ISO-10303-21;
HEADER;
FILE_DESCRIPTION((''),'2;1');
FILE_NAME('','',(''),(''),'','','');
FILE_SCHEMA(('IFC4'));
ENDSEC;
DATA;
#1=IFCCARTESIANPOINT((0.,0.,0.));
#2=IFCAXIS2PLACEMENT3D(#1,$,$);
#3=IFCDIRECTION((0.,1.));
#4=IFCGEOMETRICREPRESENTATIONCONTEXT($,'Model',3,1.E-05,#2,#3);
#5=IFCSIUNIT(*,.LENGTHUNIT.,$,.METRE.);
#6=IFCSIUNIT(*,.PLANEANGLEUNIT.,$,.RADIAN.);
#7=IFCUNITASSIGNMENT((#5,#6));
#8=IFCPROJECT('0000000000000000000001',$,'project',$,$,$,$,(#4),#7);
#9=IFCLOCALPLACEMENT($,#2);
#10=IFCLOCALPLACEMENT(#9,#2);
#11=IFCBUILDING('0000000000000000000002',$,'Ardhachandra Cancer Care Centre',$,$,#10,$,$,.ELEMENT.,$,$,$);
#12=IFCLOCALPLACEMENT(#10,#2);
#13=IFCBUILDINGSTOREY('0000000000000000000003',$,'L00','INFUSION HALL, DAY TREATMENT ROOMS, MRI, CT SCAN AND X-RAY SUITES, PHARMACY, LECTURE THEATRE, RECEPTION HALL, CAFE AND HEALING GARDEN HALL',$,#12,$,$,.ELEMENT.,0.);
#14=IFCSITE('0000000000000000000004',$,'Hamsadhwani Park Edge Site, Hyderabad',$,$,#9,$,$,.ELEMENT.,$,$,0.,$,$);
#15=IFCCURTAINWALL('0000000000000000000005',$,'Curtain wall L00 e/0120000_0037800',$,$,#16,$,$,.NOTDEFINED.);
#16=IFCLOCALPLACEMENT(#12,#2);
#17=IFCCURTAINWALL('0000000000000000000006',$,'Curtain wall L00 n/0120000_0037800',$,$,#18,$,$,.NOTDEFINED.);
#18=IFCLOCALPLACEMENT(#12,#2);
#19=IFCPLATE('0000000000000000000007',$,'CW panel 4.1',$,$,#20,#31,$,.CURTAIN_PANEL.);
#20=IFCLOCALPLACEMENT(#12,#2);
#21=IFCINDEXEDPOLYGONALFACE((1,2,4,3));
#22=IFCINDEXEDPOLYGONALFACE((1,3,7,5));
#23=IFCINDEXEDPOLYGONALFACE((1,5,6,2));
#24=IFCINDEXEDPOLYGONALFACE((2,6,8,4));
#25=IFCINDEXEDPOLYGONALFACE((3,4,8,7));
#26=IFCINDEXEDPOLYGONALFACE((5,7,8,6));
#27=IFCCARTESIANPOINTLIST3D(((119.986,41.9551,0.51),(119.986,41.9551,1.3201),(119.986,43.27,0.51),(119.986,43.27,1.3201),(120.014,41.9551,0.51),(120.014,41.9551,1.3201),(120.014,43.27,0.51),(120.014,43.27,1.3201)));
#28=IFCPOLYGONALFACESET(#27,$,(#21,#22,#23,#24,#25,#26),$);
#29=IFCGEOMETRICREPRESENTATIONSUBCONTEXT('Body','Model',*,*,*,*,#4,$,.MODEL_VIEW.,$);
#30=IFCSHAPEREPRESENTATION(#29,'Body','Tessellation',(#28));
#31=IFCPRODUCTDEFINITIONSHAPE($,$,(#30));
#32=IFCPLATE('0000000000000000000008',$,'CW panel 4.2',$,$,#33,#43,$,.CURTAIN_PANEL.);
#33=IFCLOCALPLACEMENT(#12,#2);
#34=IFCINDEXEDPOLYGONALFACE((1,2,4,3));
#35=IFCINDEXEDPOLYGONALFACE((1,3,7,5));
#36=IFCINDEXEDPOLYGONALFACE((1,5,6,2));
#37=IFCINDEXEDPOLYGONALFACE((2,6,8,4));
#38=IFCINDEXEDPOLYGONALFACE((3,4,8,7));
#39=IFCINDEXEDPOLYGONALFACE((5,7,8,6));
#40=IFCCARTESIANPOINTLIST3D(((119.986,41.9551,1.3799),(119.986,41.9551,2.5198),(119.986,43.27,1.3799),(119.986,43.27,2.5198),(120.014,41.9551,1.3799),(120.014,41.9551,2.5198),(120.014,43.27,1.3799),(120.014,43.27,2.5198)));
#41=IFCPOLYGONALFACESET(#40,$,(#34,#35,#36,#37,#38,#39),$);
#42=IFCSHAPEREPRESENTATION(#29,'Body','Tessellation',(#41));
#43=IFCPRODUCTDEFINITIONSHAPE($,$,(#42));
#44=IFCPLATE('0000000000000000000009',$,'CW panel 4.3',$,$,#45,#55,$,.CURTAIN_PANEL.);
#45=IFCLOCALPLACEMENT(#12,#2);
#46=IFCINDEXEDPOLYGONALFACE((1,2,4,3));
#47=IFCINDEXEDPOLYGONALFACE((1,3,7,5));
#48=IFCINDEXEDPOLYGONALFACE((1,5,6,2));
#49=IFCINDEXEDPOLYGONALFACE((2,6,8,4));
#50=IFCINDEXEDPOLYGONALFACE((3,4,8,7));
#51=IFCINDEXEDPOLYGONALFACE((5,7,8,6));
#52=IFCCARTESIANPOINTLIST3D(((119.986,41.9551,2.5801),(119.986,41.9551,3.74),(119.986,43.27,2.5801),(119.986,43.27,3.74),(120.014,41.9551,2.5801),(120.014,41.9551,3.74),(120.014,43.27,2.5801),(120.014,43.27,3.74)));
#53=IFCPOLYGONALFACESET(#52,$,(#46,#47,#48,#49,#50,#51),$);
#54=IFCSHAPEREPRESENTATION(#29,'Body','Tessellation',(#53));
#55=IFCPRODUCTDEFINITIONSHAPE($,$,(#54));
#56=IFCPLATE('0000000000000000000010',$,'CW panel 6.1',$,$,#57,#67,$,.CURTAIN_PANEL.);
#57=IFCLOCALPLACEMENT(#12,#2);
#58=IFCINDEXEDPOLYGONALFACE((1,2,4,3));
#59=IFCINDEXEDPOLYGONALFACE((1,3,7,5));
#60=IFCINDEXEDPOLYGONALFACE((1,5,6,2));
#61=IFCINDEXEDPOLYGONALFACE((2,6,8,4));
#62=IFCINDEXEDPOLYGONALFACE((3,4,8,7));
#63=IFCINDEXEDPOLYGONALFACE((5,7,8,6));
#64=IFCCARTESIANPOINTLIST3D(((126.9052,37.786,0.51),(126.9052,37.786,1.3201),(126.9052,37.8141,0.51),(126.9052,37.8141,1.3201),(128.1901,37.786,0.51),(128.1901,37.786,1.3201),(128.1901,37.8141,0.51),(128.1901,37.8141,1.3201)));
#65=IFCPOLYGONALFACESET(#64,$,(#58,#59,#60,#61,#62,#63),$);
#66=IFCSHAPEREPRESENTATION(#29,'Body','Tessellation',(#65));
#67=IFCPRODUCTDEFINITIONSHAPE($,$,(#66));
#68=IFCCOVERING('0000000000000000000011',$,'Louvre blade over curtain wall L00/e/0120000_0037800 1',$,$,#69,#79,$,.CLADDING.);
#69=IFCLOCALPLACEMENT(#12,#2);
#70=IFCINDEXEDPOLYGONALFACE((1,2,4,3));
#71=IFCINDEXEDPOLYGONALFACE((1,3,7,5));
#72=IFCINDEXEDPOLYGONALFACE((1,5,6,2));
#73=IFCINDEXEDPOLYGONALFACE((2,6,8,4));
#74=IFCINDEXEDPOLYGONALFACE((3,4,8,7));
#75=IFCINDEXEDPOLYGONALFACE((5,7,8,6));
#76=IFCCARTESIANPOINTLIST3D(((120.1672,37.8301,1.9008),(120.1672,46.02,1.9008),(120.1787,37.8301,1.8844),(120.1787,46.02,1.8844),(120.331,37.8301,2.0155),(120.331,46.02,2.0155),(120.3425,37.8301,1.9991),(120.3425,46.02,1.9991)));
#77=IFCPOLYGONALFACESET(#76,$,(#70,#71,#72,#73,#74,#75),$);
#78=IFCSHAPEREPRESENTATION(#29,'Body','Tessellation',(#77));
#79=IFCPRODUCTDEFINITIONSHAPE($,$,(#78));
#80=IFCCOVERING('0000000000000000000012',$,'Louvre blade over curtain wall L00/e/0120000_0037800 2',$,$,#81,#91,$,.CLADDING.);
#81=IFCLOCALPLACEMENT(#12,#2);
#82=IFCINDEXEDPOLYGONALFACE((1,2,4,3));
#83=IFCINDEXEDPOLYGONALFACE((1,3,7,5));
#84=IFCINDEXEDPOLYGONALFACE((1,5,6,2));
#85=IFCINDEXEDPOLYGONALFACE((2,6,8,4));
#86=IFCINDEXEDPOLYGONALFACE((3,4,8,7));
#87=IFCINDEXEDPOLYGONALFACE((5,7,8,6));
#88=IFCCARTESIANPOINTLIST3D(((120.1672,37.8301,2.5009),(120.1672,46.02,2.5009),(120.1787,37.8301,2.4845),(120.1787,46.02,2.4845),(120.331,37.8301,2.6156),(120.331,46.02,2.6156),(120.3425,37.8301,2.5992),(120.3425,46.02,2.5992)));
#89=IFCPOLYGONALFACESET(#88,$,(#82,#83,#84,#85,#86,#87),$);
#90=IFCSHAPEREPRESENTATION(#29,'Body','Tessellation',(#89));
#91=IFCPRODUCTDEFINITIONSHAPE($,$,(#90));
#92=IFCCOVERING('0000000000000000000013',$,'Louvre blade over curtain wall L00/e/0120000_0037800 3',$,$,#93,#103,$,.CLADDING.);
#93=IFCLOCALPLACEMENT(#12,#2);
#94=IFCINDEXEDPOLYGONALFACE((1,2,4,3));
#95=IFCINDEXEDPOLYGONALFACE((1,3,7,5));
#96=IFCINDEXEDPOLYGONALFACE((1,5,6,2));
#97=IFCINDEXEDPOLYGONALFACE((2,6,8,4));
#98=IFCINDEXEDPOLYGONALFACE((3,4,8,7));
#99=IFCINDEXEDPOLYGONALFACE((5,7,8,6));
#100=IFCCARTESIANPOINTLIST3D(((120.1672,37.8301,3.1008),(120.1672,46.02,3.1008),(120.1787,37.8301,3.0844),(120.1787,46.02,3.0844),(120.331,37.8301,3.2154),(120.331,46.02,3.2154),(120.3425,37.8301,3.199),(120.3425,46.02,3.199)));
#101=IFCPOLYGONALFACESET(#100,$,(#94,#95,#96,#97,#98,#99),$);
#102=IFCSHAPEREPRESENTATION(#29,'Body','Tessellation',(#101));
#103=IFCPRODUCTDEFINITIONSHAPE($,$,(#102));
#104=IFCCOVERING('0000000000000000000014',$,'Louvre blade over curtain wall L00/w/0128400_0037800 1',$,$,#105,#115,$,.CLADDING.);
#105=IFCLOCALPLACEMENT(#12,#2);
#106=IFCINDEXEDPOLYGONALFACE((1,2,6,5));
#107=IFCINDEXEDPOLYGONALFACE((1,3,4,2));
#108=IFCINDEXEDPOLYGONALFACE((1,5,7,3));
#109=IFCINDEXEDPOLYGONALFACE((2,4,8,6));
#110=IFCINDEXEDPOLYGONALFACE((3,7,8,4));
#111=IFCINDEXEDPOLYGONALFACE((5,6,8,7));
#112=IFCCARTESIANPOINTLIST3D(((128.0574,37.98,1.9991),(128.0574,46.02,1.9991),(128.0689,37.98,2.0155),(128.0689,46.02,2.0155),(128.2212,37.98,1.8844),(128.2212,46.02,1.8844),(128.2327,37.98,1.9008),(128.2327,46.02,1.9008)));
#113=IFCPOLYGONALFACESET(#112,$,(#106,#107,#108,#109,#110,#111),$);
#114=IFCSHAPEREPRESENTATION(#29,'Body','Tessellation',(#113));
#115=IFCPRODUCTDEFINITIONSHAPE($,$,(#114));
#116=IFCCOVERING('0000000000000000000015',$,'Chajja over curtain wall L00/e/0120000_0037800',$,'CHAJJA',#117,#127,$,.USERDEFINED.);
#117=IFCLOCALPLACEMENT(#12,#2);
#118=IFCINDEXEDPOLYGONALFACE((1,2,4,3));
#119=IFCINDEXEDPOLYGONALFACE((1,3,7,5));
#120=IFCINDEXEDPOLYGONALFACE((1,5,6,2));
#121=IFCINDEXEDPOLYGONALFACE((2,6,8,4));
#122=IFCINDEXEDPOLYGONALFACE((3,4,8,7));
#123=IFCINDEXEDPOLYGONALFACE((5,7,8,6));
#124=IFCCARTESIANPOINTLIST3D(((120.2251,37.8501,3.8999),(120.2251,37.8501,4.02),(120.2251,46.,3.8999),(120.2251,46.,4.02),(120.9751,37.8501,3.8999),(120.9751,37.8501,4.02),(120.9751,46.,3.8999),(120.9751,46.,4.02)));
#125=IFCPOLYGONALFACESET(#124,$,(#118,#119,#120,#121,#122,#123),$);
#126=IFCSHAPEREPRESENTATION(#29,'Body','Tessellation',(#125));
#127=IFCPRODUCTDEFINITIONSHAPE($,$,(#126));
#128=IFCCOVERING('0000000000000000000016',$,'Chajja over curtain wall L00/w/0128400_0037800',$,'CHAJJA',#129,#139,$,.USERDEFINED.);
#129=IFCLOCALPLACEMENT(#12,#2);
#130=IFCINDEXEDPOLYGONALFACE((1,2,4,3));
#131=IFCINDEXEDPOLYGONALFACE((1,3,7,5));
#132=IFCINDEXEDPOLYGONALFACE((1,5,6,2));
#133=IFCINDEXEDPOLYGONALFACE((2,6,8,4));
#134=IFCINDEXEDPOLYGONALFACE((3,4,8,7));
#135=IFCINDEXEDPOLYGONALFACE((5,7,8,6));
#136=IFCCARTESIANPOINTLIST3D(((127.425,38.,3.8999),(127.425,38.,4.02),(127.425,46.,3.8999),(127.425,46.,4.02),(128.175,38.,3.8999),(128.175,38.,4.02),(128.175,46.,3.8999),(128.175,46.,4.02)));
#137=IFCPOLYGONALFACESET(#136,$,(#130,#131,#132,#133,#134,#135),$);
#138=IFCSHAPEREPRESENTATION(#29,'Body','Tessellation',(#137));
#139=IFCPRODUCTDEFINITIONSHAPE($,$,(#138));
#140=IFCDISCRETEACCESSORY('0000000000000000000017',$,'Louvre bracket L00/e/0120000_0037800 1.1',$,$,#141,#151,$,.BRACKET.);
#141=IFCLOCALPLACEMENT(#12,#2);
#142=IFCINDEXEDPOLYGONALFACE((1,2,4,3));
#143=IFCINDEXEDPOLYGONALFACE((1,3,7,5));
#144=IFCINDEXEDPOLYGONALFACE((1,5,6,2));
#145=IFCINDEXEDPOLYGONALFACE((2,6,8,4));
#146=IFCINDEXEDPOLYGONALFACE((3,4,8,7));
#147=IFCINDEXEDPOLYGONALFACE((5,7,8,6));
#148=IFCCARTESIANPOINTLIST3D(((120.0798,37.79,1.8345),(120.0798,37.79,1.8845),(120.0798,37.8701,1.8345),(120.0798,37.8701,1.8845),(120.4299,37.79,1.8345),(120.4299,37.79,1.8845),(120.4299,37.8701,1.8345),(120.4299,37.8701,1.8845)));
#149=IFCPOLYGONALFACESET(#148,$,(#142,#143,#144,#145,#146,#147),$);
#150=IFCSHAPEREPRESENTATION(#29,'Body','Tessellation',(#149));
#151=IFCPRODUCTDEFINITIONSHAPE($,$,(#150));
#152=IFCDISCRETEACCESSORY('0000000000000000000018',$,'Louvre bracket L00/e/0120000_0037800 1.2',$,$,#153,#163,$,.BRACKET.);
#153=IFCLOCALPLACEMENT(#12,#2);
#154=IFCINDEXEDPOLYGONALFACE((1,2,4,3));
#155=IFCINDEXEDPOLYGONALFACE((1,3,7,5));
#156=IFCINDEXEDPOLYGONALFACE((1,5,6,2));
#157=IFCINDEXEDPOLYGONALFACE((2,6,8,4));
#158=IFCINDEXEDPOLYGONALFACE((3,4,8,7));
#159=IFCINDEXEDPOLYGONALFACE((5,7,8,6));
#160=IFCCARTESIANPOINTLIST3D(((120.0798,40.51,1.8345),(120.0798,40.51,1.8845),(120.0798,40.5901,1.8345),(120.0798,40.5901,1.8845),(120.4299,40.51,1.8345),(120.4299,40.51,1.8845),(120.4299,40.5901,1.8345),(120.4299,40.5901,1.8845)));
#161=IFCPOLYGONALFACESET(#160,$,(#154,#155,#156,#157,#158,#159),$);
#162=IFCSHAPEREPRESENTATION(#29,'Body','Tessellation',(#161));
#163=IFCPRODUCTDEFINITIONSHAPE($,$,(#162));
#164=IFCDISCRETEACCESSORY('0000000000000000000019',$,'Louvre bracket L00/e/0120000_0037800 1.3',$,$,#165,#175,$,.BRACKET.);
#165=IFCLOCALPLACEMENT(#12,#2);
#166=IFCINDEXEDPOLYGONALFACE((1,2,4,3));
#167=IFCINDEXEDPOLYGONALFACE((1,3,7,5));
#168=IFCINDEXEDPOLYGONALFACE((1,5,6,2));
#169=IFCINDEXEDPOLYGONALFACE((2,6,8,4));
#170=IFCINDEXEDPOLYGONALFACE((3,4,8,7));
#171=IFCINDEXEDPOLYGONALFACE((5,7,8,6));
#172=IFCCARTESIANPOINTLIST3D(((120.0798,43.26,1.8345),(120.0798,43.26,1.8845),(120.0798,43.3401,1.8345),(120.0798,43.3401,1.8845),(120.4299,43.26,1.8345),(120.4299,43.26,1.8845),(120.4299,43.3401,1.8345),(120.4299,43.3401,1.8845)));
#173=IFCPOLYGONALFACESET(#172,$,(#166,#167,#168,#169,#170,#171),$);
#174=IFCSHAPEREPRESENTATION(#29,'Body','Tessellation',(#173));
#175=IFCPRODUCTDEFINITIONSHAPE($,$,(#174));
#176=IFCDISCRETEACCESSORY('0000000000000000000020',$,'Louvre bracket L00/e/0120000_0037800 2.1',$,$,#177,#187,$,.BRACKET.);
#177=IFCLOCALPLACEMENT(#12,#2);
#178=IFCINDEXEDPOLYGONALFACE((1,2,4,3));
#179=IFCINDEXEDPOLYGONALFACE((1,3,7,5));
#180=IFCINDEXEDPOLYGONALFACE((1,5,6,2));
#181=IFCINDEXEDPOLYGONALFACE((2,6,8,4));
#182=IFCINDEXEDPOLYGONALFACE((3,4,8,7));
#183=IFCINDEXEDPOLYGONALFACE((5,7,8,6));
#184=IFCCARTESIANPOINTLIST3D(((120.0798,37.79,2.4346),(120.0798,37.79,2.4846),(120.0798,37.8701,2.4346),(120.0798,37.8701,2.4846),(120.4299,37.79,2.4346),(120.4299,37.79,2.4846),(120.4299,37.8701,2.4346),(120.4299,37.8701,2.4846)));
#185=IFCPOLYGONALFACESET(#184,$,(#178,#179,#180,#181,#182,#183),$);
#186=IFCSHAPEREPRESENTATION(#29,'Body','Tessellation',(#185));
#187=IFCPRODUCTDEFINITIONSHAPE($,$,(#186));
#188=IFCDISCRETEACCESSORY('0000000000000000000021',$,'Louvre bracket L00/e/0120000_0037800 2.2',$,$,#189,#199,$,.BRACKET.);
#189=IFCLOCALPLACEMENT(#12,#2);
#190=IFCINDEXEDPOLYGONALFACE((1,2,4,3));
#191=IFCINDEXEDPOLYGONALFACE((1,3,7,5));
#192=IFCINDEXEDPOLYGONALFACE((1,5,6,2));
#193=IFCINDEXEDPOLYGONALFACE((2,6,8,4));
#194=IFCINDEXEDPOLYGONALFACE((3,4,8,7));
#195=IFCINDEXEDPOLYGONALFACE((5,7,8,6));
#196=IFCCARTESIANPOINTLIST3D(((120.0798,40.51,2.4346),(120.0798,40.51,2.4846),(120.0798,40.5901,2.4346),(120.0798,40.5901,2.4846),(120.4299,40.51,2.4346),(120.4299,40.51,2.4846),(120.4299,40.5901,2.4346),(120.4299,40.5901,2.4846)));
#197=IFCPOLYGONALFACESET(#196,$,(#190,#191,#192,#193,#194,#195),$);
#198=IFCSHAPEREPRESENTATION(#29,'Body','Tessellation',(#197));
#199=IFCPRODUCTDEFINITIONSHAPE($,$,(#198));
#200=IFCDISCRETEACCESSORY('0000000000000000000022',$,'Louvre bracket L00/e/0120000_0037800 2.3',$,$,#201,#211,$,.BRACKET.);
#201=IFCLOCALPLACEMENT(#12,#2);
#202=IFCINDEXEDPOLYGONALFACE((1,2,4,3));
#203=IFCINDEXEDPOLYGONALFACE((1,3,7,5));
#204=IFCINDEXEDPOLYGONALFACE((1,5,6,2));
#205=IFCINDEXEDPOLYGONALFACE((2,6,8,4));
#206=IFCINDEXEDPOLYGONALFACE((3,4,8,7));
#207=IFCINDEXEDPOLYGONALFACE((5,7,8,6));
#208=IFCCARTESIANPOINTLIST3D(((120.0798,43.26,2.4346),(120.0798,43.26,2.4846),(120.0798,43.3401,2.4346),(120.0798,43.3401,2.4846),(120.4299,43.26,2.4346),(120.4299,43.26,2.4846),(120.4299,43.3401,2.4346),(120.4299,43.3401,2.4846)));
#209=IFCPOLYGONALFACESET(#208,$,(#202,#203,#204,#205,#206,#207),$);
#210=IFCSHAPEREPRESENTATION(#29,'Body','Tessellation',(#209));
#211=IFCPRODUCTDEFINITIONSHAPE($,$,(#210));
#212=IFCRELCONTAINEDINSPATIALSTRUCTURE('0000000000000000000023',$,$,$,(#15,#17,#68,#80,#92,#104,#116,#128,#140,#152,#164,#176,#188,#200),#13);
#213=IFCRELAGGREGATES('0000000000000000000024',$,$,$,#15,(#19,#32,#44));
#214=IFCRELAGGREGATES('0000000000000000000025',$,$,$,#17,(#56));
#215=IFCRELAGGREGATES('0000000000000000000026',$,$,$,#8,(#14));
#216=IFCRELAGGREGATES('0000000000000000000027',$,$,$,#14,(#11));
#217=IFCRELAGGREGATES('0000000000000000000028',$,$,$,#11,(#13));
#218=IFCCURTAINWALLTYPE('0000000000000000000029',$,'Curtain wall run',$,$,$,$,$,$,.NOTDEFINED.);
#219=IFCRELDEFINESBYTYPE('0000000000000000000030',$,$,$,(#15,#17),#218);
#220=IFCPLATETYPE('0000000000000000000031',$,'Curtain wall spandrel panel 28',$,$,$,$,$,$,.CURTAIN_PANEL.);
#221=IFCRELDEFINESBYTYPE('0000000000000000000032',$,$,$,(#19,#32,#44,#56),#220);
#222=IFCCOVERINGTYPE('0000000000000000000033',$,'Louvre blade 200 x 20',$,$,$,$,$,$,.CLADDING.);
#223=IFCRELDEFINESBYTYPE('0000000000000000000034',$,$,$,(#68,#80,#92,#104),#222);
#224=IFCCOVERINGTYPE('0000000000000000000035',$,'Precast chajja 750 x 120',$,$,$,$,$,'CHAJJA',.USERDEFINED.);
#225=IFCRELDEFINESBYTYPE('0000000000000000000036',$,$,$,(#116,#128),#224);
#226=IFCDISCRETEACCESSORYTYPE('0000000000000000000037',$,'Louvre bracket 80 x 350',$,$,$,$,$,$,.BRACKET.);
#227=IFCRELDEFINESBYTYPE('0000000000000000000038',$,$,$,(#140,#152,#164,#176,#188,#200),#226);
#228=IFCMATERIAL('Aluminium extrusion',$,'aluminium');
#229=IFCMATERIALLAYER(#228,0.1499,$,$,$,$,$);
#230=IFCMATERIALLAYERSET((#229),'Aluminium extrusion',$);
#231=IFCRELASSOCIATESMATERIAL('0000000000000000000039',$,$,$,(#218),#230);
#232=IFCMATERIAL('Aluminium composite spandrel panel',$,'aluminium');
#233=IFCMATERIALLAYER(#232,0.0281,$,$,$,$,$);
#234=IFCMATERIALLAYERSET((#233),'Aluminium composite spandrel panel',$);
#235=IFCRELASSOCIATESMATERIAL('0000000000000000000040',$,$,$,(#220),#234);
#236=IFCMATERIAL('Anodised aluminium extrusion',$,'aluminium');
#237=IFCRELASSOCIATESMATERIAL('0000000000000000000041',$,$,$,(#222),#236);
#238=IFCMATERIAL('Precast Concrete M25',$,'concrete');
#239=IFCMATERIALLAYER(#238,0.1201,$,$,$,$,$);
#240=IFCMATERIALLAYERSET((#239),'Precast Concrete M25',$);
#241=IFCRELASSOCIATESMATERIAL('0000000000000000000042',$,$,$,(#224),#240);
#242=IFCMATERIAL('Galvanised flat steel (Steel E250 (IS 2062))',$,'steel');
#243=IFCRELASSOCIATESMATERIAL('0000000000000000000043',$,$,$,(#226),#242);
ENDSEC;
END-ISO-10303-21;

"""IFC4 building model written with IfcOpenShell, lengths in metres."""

from ifc_helpers import new_model, si_unit, direction, frame, origin, origin_2d, place, context, subcontext, project, spatial, rectangle, extrude, material, layer, layer_set, material_profile, profile_set, type_object, element, aggregate, save


model = new_model("IFC4")

# Units and contexts
model_context = context("Model", 3, precision=1e-05, world=origin(), true_north=direction((0.0, 1.0)))
body_context = subcontext(model_context, "Body", "Model", "MODEL_VIEW")
ifc_project = project(units=[si_unit("LENGTHUNIT", "METRE"), si_unit("PLANEANGLEUNIT", "RADIAN")], contexts=[model_context])

# Site, building, storey
site_placement = place(None, origin())
site = spatial("IfcSite", under=ifc_project, at=site_placement, Name="Hamsadhwani Park Edge Site, Hyderabad", CompositionType="ELEMENT", RefElevation=0.0)
building_placement = place(site_placement, origin())
building = spatial("IfcBuilding", under=site, at=building_placement, Name="Ardhachandra Cancer Care Centre", CompositionType="ELEMENT")
storey_placement = place(building_placement, origin())
storey = spatial("IfcBuildingStorey", under=building, at=storey_placement, Name="L00", Description="INFUSION HALL, DAY TREATMENT ROOMS, MRI, CT SCAN AND X-RAY SUITES, PHARMACY, LECTURE THEATRE, RECEPTION HALL, CAFE AND HEALING GARDEN HALL", CompositionType="ELEMENT", Elevation=0.0)

# Curtain wall
ifc_material_1 = material(Name="Aluminium extrusion", Category="aluminium")
ifc_layer_1 = layer(ifc_material_1, 0.1499)
ifc_layer_set_1 = layer_set([ifc_layer_1], Name="Aluminium extrusion")
curtain_wall_type = type_object("IfcCurtainWallType", Name="Curtain wall run", PredefinedType="NOTDEFINED", material=ifc_layer_set_1)
curtain_wall_1_placement = place(storey_placement, origin())
curtain_wall_1 = element("IfcCurtainWall", 1, at=curtain_wall_1_placement, inside=storey, type_object=curtain_wall_type, Name="Curtain wall L00 e/0120000_0037800", PredefinedType="NOTDEFINED")

# Curtain wall
curtain_wall_2_placement = place(storey_placement, origin())
curtain_wall_2 = element("IfcCurtainWall", 2, at=curtain_wall_2_placement, inside=storey, type_object=curtain_wall_type, Name="Curtain wall L00 n/0120000_0037800", PredefinedType="NOTDEFINED")

# Plates
ifc_material_2 = material(Name="Aluminium composite spandrel panel", Category="aluminium")
ifc_layer_2 = layer(ifc_material_2, 0.0281)
ifc_layer_set_2 = layer_set([ifc_layer_2], Name="Aluminium composite spandrel panel")
plate_type_1 = type_object("IfcPlateType", Name="Curtain wall spandrel panel 28", PredefinedType="CURTAIN_PANEL", material=ifc_layer_set_2)
plate_1_placement = place(storey_placement, frame((120.0, 42.6125, 0.51), z_axis=(0.0, 0.0, 1.0), x_axis=(0.0, 1.0, 0.0)))
plate_1 = element("IfcPlate", 3, at=plate_1_placement, type_object=plate_type_1, Name="CW panel 4.1", PredefinedType="CURTAIN_PANEL", context=body_context, shape_type="SweptSolid", body=[
    extrude(rectangle(XDim=1.3149, YDim=0.0281, at=origin_2d()), origin(), (0.0, 0.0, 1.0), 0.8101),
])
plate_2_placement = place(storey_placement, frame((120.0, 42.6125, 1.3799), z_axis=(0.0, 0.0, 1.0), x_axis=(0.0, 1.0, 0.0)))
plate_2 = element("IfcPlate", 4, at=plate_2_placement, type_object=plate_type_1, Name="CW panel 4.2", PredefinedType="CURTAIN_PANEL", context=body_context, shape_type="SweptSolid", body=[
    extrude(rectangle(XDim=1.3149, YDim=0.0281, at=origin_2d()), origin(), (0.0, 0.0, 1.0), 1.1399),
])
plate_3_placement = place(storey_placement, frame((120.0, 42.6125, 2.5801), z_axis=(0.0, 0.0, 1.0), x_axis=(0.0, 1.0, 0.0)))
plate_3 = element("IfcPlate", 5, at=plate_3_placement, type_object=plate_type_1, Name="CW panel 4.3", PredefinedType="CURTAIN_PANEL", context=body_context, shape_type="SweptSolid", body=[
    extrude(rectangle(XDim=1.3149, YDim=0.0281, at=origin_2d()), origin(), (0.0, 0.0, 1.0), 1.1599),
])
aggregate(curtain_wall_1, [plate_1, plate_2, plate_3])
plate_4_placement = place(storey_placement, frame((127.5476, 37.8, 0.51), z_axis=(0.0, 0.0, 1.0), x_axis=(1.0, 0.0, 0.0)))
plate_4 = element("IfcPlate", 6, at=plate_4_placement, type_object=plate_type_1, Name="CW panel 6.1", PredefinedType="CURTAIN_PANEL", context=body_context, shape_type="SweptSolid", body=[
    extrude(rectangle(XDim=1.2849, YDim=0.0281, at=origin_2d()), origin(), (0.0, 0.0, 1.0), 0.8101),
])
aggregate(curtain_wall_2, [plate_4])

# Coverings
ifc_material_3 = material(Name="Anodised aluminium extrusion", Category="aluminium")
ifc_material_profile_1 = material_profile(ifc_material_3, rectangle(XDim=0.2, YDim=0.02, at=origin_2d()), Name="Louvre blade 200 x 20")
ifc_profile_set_1 = profile_set([ifc_material_profile_1], Name="Anodised aluminium extrusion")
covering_type_1 = type_object("IfcCoveringType", Name="Louvre blade 200 x 20", PredefinedType="CLADDING", material=ifc_profile_set_1)
for number, where, z_axis, x_axis, name in (
    (7, (120.2549, 37.8301, 1.95), (0.0, 1.0, 0.0), (-0.819152, 0.0, -0.573576), "Louvre blade over curtain wall L00/e/0120000_0037800 1"),
    (8, (120.2549, 37.8301, 2.55), (0.0, 1.0, 0.0), (-0.819152, 0.0, -0.573576), "Louvre blade over curtain wall L00/e/0120000_0037800 2"),
    (9, (120.2549, 37.8301, 3.1499), (0.0, 1.0, 0.0), (-0.819152, 0.0, -0.573576), "Louvre blade over curtain wall L00/e/0120000_0037800 3"),
):
    element("IfcCovering", number, at=place(storey_placement, frame(where, z_axis=z_axis, x_axis=x_axis)), inside=storey, type_object=covering_type_1, Name=name, PredefinedType="CLADDING", context=body_context, shape_type="SweptSolid", body=[
        extrude(rectangle(XDim=0.2, YDim=0.02, at=origin_2d()), origin(), (0.0, 0.0, 1.0), 8.1899),
    ])
covering_1_placement = place(storey_placement, frame((128.145, 37.98, 1.95), z_axis=(0.0, 1.0, 0.0), x_axis=(-0.819152, 0.0, 0.573576)))
element("IfcCovering", 10, at=covering_1_placement, inside=storey, type_object=covering_type_1, Name="Louvre blade over curtain wall L00/w/0128400_0037800 1", PredefinedType="CLADDING", context=body_context, shape_type="SweptSolid", body=[
    extrude(rectangle(XDim=0.2, YDim=0.02, at=origin_2d()), origin(), (0.0, 0.0, 1.0), 8.04),
])
ifc_material_4 = material(Name="Precast Concrete M25", Category="concrete")
ifc_layer_3 = layer(ifc_material_4, 0.1201)
ifc_layer_set_3 = layer_set([ifc_layer_3], Name="Precast Concrete M25")
covering_type_2 = type_object("IfcCoveringType", Name="Precast chajja 750 x 120", ElementType="CHAJJA", PredefinedType="USERDEFINED", material=ifc_layer_set_3)
covering_2_placement = place(storey_placement, frame((120.6001, 41.925, 3.8999), z_axis=(0.0, 0.0, 1.0), x_axis=(0.0, 1.0, 0.0)))
element("IfcCovering", 11, at=covering_2_placement, inside=storey, type_object=covering_type_2, Name="Chajja over curtain wall L00/e/0120000_0037800", ObjectType="CHAJJA", PredefinedType="USERDEFINED", context=body_context, shape_type="SweptSolid", body=[
    extrude(rectangle(XDim=8.1499, YDim=0.75, at=origin_2d()), origin(), (0.0, 0.0, 1.0), 0.1201),
])
covering_3_placement = place(storey_placement, frame((127.8, 42.0, 3.8999), z_axis=(0.0, 0.0, 1.0), x_axis=(0.0, 1.0, 0.0)))
element("IfcCovering", 12, at=covering_3_placement, inside=storey, type_object=covering_type_2, Name="Chajja over curtain wall L00/w/0128400_0037800", ObjectType="CHAJJA", PredefinedType="USERDEFINED", context=body_context, shape_type="SweptSolid", body=[
    extrude(rectangle(XDim=8.0, YDim=0.75, at=origin_2d()), origin(), (0.0, 0.0, 1.0), 0.1201),
])

# Discrete accessories
ifc_material_5 = material(Name="Galvanised flat steel (Steel E250 (IS 2062))", Category="steel")
discrete_accessory_type = type_object("IfcDiscreteAccessoryType", Name="Louvre bracket 80 x 350", PredefinedType="BRACKET", material=ifc_material_5)
for number, where, z_axis, x_axis, name in (
    (13, (120.2549, 37.8301, 1.8345), (0.0, 0.0, 1.0), (0.0, 1.0, 0.0), "Louvre bracket L00/e/0120000_0037800 1.1"),
    (14, (120.2549, 40.55, 1.8345), (0.0, 0.0, 1.0), (0.0, 1.0, 0.0), "Louvre bracket L00/e/0120000_0037800 1.2"),
    (15, (120.2549, 43.3, 1.8345), (0.0, 0.0, 1.0), (0.0, 1.0, 0.0), "Louvre bracket L00/e/0120000_0037800 1.3"),
    (16, (120.2549, 37.8301, 2.4346), (0.0, 0.0, 1.0), (0.0, 1.0, 0.0), "Louvre bracket L00/e/0120000_0037800 2.1"),
    (17, (120.2549, 40.55, 2.4346), (0.0, 0.0, 1.0), (0.0, 1.0, 0.0), "Louvre bracket L00/e/0120000_0037800 2.2"),
    (18, (120.2549, 43.3, 2.4346), (0.0, 0.0, 1.0), (0.0, 1.0, 0.0), "Louvre bracket L00/e/0120000_0037800 2.3"),
):
    element("IfcDiscreteAccessory", number, at=place(storey_placement, frame(where, z_axis=z_axis, x_axis=x_axis)), inside=storey, type_object=discrete_accessory_type, Name=name, PredefinedType="BRACKET", context=body_context, shape_type="SweptSolid", body=[
        extrude(rectangle(XDim=0.0801, YDim=0.3501, at=origin_2d()), origin(), (0.0, 0.0, 1.0), 0.05),
    ])

save(model, "model.ifc")
